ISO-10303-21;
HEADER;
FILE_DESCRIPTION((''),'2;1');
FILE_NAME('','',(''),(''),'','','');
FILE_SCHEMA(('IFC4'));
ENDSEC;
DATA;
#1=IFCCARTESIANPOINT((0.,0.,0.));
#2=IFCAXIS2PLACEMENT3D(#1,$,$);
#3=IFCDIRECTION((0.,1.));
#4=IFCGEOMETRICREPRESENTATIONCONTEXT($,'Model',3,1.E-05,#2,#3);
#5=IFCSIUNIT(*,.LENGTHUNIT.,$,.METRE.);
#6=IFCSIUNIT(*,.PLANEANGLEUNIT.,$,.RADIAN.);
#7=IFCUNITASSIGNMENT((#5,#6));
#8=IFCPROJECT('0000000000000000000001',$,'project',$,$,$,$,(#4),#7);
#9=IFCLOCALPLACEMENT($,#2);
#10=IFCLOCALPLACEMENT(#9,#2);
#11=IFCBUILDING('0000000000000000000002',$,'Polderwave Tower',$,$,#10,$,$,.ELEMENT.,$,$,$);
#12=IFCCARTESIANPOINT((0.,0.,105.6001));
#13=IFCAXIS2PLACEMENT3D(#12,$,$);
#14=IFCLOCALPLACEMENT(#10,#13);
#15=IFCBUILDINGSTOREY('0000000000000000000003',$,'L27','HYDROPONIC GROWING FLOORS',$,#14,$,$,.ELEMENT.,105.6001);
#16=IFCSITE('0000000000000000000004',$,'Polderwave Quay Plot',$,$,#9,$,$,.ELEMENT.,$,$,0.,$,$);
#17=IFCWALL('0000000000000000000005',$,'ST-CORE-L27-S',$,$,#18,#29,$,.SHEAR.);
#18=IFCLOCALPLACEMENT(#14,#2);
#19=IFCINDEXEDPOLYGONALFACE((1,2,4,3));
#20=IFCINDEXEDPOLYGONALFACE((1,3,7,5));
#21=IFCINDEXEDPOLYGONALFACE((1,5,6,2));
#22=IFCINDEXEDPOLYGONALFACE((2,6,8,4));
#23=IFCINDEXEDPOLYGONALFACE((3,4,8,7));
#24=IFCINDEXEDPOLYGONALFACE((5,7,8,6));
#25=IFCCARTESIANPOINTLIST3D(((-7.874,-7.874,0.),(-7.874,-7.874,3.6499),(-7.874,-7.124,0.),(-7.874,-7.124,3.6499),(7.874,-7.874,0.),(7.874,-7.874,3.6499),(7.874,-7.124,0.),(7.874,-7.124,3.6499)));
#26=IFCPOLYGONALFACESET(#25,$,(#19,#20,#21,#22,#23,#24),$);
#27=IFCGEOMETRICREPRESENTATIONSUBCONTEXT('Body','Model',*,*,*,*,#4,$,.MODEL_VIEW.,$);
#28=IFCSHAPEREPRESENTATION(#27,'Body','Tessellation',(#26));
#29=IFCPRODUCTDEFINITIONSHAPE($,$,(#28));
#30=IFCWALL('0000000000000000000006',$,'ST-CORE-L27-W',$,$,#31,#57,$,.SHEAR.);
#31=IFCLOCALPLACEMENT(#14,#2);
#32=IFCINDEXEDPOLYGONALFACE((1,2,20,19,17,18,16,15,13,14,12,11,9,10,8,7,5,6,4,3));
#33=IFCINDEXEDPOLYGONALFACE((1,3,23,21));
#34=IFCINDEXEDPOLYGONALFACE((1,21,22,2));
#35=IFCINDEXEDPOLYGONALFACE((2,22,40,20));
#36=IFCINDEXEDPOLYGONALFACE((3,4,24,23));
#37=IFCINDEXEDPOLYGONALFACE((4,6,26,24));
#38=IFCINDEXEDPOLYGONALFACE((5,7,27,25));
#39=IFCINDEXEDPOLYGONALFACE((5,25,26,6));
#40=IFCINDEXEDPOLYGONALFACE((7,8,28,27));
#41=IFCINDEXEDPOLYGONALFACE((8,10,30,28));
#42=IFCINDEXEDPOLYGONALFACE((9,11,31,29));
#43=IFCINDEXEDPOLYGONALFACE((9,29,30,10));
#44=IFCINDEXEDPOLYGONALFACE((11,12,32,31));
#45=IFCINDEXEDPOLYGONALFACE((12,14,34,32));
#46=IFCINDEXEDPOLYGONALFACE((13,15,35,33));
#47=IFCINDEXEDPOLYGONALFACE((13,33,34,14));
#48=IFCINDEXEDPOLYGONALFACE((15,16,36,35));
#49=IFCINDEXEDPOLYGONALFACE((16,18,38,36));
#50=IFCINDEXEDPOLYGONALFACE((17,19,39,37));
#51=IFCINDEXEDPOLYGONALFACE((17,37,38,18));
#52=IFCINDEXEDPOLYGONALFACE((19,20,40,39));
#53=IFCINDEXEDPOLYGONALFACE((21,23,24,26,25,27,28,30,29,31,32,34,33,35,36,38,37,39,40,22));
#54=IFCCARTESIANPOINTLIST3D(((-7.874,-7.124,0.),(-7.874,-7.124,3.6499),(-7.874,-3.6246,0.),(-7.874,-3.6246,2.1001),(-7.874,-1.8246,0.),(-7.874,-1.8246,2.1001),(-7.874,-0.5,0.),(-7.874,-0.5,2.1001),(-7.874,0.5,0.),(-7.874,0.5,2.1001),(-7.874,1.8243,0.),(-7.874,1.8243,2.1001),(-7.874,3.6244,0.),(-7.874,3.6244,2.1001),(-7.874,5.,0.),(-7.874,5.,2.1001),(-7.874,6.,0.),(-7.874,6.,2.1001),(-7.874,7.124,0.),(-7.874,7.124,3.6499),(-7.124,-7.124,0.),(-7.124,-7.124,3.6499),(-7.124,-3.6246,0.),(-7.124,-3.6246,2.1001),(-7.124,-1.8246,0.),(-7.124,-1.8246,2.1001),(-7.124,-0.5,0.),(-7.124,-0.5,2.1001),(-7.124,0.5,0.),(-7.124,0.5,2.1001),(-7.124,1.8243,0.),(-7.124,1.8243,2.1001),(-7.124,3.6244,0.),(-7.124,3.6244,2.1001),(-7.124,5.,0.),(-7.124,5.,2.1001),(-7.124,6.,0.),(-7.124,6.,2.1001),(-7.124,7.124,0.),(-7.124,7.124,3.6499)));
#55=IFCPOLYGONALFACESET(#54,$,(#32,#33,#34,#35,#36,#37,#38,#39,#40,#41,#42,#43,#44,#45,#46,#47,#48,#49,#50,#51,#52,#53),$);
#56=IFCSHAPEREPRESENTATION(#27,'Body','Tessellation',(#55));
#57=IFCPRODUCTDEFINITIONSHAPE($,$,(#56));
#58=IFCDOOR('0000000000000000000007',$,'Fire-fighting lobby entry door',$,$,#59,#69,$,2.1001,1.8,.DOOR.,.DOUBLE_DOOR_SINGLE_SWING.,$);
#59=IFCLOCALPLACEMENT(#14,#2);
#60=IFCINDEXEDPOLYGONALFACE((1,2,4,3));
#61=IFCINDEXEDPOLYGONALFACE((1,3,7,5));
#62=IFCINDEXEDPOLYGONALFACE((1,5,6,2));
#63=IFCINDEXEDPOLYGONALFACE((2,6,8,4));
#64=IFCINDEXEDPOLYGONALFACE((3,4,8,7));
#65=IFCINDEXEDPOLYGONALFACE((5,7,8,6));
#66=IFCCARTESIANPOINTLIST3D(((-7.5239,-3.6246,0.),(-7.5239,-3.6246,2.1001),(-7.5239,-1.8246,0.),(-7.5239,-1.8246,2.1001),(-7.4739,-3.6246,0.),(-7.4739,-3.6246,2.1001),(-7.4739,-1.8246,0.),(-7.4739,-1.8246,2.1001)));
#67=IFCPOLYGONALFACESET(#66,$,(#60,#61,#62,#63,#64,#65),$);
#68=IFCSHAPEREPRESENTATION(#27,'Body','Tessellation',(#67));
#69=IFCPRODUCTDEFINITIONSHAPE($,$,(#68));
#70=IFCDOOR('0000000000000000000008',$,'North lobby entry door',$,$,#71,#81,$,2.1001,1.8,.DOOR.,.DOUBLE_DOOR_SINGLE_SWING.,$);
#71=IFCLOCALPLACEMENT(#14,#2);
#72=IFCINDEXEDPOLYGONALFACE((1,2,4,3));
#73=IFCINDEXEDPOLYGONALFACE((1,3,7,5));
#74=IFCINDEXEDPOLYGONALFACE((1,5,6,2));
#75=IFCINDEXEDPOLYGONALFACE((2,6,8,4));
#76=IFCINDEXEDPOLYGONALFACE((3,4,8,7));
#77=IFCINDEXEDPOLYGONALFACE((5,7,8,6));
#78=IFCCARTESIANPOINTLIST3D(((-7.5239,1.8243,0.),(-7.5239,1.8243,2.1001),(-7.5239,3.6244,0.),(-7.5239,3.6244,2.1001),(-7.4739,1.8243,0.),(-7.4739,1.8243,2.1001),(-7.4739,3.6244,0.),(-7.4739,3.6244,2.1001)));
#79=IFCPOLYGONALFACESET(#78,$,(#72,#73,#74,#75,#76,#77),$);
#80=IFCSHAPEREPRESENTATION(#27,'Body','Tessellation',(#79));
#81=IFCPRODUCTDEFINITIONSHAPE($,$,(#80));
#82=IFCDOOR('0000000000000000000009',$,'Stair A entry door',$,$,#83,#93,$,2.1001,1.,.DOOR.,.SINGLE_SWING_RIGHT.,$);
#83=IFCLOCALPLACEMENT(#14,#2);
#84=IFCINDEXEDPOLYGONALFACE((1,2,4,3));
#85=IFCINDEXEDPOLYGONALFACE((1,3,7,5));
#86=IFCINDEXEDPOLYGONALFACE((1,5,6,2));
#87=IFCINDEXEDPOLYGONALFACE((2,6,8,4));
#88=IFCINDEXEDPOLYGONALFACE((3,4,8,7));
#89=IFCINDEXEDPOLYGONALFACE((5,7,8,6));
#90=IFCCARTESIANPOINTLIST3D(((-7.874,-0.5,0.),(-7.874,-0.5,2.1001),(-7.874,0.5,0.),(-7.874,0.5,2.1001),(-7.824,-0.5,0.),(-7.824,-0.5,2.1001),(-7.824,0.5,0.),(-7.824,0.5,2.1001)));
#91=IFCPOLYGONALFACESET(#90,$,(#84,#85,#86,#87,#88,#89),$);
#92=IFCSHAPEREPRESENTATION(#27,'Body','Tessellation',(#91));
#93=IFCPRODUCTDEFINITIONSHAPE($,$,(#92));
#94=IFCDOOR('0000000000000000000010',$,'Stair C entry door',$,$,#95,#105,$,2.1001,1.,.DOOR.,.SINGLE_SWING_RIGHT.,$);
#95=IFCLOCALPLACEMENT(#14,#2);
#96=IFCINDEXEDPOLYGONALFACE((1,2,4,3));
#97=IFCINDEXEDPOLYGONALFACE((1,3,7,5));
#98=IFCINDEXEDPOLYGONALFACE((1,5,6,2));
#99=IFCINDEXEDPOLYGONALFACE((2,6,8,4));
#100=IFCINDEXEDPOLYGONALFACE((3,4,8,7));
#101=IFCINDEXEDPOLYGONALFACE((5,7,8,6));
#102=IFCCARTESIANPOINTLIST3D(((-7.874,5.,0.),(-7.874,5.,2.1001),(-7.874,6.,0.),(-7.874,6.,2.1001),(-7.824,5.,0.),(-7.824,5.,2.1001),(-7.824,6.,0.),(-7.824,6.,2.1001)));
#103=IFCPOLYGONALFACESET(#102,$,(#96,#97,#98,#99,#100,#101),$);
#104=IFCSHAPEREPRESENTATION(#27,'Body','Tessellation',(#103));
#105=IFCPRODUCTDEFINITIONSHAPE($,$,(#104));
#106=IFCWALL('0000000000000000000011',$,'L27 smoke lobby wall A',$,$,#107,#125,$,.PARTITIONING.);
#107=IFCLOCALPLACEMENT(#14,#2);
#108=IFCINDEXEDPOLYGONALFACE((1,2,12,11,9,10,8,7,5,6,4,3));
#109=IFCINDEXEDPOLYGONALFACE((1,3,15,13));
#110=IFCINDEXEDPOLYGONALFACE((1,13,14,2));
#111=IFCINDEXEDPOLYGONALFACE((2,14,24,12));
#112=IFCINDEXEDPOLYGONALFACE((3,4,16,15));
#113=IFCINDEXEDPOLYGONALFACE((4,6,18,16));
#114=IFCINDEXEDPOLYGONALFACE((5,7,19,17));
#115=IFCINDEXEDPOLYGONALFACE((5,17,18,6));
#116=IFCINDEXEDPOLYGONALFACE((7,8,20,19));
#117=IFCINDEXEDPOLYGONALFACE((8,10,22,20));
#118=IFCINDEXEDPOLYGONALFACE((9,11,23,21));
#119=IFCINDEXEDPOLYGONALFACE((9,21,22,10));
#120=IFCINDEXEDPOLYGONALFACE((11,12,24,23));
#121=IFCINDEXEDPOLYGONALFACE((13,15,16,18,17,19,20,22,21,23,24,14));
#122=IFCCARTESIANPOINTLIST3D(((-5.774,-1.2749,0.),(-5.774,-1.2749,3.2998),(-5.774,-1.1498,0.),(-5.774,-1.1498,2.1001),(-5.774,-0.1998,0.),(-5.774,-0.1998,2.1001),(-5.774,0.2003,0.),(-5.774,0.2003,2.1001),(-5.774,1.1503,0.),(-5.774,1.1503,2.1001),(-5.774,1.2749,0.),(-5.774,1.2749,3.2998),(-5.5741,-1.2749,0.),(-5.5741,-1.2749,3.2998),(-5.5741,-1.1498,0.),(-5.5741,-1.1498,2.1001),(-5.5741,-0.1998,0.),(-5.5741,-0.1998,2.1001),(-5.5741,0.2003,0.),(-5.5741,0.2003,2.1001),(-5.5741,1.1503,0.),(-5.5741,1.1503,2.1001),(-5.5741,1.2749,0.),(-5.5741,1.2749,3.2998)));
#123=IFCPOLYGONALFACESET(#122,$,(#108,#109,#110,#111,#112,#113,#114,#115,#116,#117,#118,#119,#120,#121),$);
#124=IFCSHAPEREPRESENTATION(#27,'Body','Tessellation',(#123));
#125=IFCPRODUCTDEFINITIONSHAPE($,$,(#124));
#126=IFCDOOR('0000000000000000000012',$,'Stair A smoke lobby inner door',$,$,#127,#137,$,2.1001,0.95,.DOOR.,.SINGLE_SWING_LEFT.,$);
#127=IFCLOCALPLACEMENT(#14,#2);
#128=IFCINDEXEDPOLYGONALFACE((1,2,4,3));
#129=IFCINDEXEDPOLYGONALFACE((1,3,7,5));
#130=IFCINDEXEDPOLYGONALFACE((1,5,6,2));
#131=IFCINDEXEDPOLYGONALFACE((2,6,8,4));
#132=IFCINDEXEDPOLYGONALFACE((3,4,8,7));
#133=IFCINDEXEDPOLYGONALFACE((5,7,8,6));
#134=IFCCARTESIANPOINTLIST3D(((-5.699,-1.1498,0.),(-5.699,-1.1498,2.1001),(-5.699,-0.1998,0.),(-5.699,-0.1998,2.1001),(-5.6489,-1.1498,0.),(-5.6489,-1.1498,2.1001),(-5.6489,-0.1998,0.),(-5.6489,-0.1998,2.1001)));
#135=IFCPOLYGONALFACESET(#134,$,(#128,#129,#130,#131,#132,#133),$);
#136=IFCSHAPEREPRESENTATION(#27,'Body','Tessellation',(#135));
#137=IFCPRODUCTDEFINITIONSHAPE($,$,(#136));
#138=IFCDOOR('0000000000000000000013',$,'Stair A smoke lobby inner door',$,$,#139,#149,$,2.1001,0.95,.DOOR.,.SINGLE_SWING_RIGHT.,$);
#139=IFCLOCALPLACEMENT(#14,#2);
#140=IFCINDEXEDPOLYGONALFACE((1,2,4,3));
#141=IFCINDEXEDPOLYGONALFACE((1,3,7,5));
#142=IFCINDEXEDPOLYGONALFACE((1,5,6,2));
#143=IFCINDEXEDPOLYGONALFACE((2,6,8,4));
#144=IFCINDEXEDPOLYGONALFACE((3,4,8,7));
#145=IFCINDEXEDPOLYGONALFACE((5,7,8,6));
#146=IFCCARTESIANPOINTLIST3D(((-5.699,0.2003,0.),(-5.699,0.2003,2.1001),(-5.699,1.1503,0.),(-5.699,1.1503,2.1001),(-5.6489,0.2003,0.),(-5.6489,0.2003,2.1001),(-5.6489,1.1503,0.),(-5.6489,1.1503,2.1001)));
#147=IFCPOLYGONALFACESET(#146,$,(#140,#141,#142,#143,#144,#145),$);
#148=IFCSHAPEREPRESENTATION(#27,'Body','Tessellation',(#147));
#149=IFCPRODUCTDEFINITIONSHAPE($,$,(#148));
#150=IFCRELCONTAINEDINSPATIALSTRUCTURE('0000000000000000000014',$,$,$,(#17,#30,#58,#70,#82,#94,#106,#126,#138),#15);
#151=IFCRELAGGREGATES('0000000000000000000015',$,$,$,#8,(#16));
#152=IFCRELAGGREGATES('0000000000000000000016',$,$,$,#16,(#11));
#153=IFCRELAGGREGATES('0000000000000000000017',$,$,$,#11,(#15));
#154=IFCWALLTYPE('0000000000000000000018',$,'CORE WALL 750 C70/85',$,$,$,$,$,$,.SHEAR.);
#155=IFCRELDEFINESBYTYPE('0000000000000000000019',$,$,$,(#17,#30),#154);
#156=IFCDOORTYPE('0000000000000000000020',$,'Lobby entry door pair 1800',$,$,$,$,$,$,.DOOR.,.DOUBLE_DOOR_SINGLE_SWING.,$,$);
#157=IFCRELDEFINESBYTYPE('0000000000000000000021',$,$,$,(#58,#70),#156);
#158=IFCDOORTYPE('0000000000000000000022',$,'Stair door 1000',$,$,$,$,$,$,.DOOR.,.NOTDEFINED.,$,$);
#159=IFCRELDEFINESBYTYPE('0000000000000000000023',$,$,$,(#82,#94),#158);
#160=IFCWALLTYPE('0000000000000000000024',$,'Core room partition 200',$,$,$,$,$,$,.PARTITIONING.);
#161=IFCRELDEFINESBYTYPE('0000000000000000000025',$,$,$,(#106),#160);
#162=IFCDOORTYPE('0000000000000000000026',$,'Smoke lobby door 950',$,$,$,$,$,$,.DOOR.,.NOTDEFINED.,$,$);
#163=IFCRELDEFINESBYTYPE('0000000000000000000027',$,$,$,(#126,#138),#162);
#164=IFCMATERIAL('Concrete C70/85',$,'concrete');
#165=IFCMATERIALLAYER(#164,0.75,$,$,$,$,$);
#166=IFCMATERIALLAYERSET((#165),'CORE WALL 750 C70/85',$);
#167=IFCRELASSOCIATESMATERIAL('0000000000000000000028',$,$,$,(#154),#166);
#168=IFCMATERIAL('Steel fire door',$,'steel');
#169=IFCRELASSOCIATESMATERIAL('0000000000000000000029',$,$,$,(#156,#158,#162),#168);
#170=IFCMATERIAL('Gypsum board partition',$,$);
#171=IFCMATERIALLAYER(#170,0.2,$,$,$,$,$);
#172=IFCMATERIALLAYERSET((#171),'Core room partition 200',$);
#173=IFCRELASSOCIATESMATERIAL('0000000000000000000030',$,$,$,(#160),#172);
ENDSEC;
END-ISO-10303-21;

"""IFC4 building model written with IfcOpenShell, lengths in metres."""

from ifc_helpers import new_model, si_unit, direction, frame, frame_2d, origin, place, context, subcontext, project, spatial, rectangle, extrude, material, layer, layer_set, type_object, element, fill, save


model = new_model("IFC4")

# Units and contexts
model_context = context("Model", 3, precision=1e-05, world=origin(), true_north=direction((0.0, 1.0)))
body_context = subcontext(model_context, "Body", "Model", "MODEL_VIEW")
ifc_project = project(units=[si_unit("LENGTHUNIT", "METRE"), si_unit("PLANEANGLEUNIT", "RADIAN")], contexts=[model_context])

# Site, building, storey
site_placement = place(None, origin())
site = spatial("IfcSite", under=ifc_project, at=site_placement, Name="Polderwave Quay Plot", CompositionType="ELEMENT", RefElevation=0.0)
building_placement = place(site_placement, origin())
building = spatial("IfcBuilding", under=site, at=building_placement, Name="Polderwave Tower", CompositionType="ELEMENT")
storey_placement = place(building_placement, frame((0.0, 0.0, 105.6001)))
storey = spatial("IfcBuildingStorey", under=building, at=storey_placement, Name="L27", Description="HYDROPONIC GROWING FLOORS", CompositionType="ELEMENT", Elevation=105.6001)

# Wall
ifc_material_1 = material(Name="Concrete C70/85", Category="concrete")
ifc_layer_1 = layer(ifc_material_1, 0.75)
ifc_layer_set_1 = layer_set([ifc_layer_1], Name="CORE WALL 750 C70/85")
wall_type_1 = type_object("IfcWallType", Name="CORE WALL 750 C70/85", PredefinedType="SHEAR", material=ifc_layer_set_1)
wall_1_placement = place(storey_placement, frame((-7.874, -7.499, 0.0), z_axis=(0.0, 0.0, 1.0), x_axis=(1.0, 0.0, 0.0)))
element("IfcWall", 1, at=wall_1_placement, inside=storey, type_object=wall_type_1, Name="ST-CORE-L27-S", PredefinedType="SHEAR", context=body_context, shape_type="SweptSolid", body=[
    extrude(rectangle(XDim=15.748, YDim=0.75, at=frame_2d((7.874, 0.0))), origin(), (0.0, 0.0, 1.0), 3.6499),
])

# Walls, openings, doors
wall_2_placement = place(storey_placement, frame((-7.499, -7.124, 0.0), z_axis=(0.0, 0.0, 1.0), x_axis=(0.0, 1.0, 0.0)))
wall_2 = element("IfcWall", 2, at=wall_2_placement, inside=storey, type_object=wall_type_1, Name="ST-CORE-L27-W", PredefinedType="SHEAR", context=body_context, shape_type="SweptSolid", body=[
    extrude(rectangle(XDim=14.248, YDim=0.75, at=frame_2d((7.124, 0.0))), origin(), (0.0, 0.0, 1.0), 3.6499),
])
opening_1_placement = place(wall_2_placement, frame((6.624, 0.0, 0.0)))
opening_1 = element("IfcOpeningElement", 3, at=opening_1_placement, cuts=wall_2, PredefinedType="OPENING", context=body_context, shape_type="SweptSolid", body=[
    extrude(rectangle(XDim=1.0, YDim=2.1001, at=frame_2d((0.5, 1.05))), frame((0.0, 0.385, 0.0), z_axis=(0.0, -1.0, 0.0), x_axis=(1.0, 0.0, 0.0)), (0.0, 0.0, 1.0), 0.77),
])
opening_2_placement = place(wall_2_placement, frame((3.4995, 0.0, 0.0)))
opening_2 = element("IfcOpeningElement", 4, at=opening_2_placement, cuts=wall_2, PredefinedType="OPENING", context=body_context, shape_type="SweptSolid", body=[
    extrude(rectangle(XDim=1.8, YDim=2.1001, at=frame_2d((0.8999, 1.05))), frame((0.0, 0.385, 0.0), z_axis=(0.0, -1.0, 0.0), x_axis=(1.0, 0.0, 0.0)), (0.0, 0.0, 1.0), 0.77),
])
opening_3_placement = place(wall_2_placement, frame((8.9485, 0.0, 0.0)))
opening_3 = element("IfcOpeningElement", 5, at=opening_3_placement, cuts=wall_2, PredefinedType="OPENING", context=body_context, shape_type="SweptSolid", body=[
    extrude(rectangle(XDim=1.8, YDim=2.1001, at=frame_2d((0.8999, 1.05))), frame((0.0, 0.385, 0.0), z_axis=(0.0, -1.0, 0.0), x_axis=(1.0, 0.0, 0.0)), (0.0, 0.0, 1.0), 0.77),
])
opening_4_placement = place(wall_2_placement, frame((12.124, 0.0, 0.0)))
opening_4 = element("IfcOpeningElement", 6, at=opening_4_placement, cuts=wall_2, PredefinedType="OPENING", context=body_context, shape_type="SweptSolid", body=[
    extrude(rectangle(XDim=1.0, YDim=2.1001, at=frame_2d((0.5, 1.05))), frame((0.0, 0.385, 0.0), z_axis=(0.0, -1.0, 0.0), x_axis=(1.0, 0.0, 0.0)), (0.0, 0.0, 1.0), 0.77),
])
ifc_material_2 = material(Name="Steel fire door", Category="steel")
door_type_1 = type_object("IfcDoorType", Name="Lobby entry door pair 1800", OperationType="DOUBLE_DOOR_SINGLE_SWING", PredefinedType="DOOR", material=ifc_material_2)
door_1_placement = place(opening_2_placement, origin())
door_1 = element("IfcDoor", 7, at=door_1_placement, inside=storey, type_object=door_type_1, Name="Fire-fighting lobby entry door", OperationType="DOUBLE_DOOR_SINGLE_SWING", OverallHeight=2.1001, OverallWidth=1.8, PredefinedType="DOOR", context=body_context, shape_type="SweptSolid", body=[
    extrude(rectangle(XDim=1.8, YDim=2.1001, at=frame_2d((0.8999, 1.05))), frame((0.0, 0.0249, 0.0), z_axis=(0.0, -1.0, 0.0), x_axis=(1.0, 0.0, 0.0)), (0.0, 0.0, 1.0), 0.05),
])
fill(opening_2, door_1)
door_2_placement = place(opening_3_placement, origin())
door_2 = element("IfcDoor", 8, at=door_2_placement, inside=storey, type_object=door_type_1, Name="North lobby entry door", OperationType="DOUBLE_DOOR_SINGLE_SWING", OverallHeight=2.1001, OverallWidth=1.8, PredefinedType="DOOR", context=body_context, shape_type="SweptSolid", body=[
    extrude(rectangle(XDim=1.8, YDim=2.1001, at=frame_2d((0.8999, 1.05))), frame((0.0, 0.0249, 0.0), z_axis=(0.0, -1.0, 0.0), x_axis=(1.0, 0.0, 0.0)), (0.0, 0.0, 1.0), 0.05),
])
fill(opening_3, door_2)
door_type_2 = type_object("IfcDoorType", Name="Stair door 1000", OperationType="NOTDEFINED", PredefinedType="DOOR", material=ifc_material_2)
door_3_placement = place(opening_1_placement, origin())
door_3 = element("IfcDoor", 9, at=door_3_placement, inside=storey, type_object=door_type_2, Name="Stair A entry door", OperationType="SINGLE_SWING_RIGHT", OverallHeight=2.1001, OverallWidth=1.0, PredefinedType="DOOR", context=body_context, shape_type="SweptSolid", body=[
    extrude(rectangle(XDim=1.0, YDim=2.1001, at=frame_2d((0.5, 1.05))), frame((0.0, 0.375, 0.0), z_axis=(0.0, -1.0, 0.0), x_axis=(1.0, 0.0, 0.0)), (0.0, 0.0, 1.0), 0.05),
])
fill(opening_1, door_3)
door_4_placement = place(opening_4_placement, origin())
door_4 = element("IfcDoor", 10, at=door_4_placement, inside=storey, type_object=door_type_2, Name="Stair C entry door", OperationType="SINGLE_SWING_RIGHT", OverallHeight=2.1001, OverallWidth=1.0, PredefinedType="DOOR", context=body_context, shape_type="SweptSolid", body=[
    extrude(rectangle(XDim=1.0, YDim=2.1001, at=frame_2d((0.5, 1.05))), frame((0.0, 0.375, 0.0), z_axis=(0.0, -1.0, 0.0), x_axis=(1.0, 0.0, 0.0)), (0.0, 0.0, 1.0), 0.05),
])
fill(opening_4, door_4)
ifc_material_3 = material(Name="Gypsum board partition")
ifc_layer_2 = layer(ifc_material_3, 0.2)
ifc_layer_set_2 = layer_set([ifc_layer_2], Name="Core room partition 200")
wall_type_2 = type_object("IfcWallType", Name="Core room partition 200", PredefinedType="PARTITIONING", material=ifc_layer_set_2)
wall_3_placement = place(storey_placement, frame((-5.6741, -1.2749, 0.0), z_axis=(0.0, 0.0, 1.0), x_axis=(0.0, 1.0, 0.0)))
wall_3 = element("IfcWall", 11, at=wall_3_placement, inside=storey, type_object=wall_type_2, Name="L27 smoke lobby wall A", PredefinedType="PARTITIONING", context=body_context, shape_type="SweptSolid", body=[
    extrude(rectangle(XDim=2.5498, YDim=0.2, at=frame_2d((1.2749, 0.0))), origin(), (0.0, 0.0, 1.0), 3.2998),
])
opening_5_placement = place(wall_3_placement, frame((0.125, 0.0, 0.0)))
opening_5 = element("IfcOpeningElement", 12, at=opening_5_placement, cuts=wall_3, PredefinedType="OPENING", context=body_context, shape_type="SweptSolid", body=[
    extrude(rectangle(XDim=0.95, YDim=2.1001, at=frame_2d((0.4751, 1.05))), frame((0.0, 0.1099, 0.0), z_axis=(0.0, -1.0, 0.0), x_axis=(1.0, 0.0, 0.0)), (0.0, 0.0, 1.0), 0.22),
])
opening_6_placement = place(wall_3_placement, frame((1.4751, 0.0, 0.0)))
opening_6 = element("IfcOpeningElement", 13, at=opening_6_placement, cuts=wall_3, PredefinedType="OPENING", context=body_context, shape_type="SweptSolid", body=[
    extrude(rectangle(XDim=0.95, YDim=2.1001, at=frame_2d((0.4751, 1.05))), frame((0.0, 0.1099, 0.0), z_axis=(0.0, -1.0, 0.0), x_axis=(1.0, 0.0, 0.0)), (0.0, 0.0, 1.0), 0.22),
])
door_type_3 = type_object("IfcDoorType", Name="Smoke lobby door 950", OperationType="NOTDEFINED", PredefinedType="DOOR", material=ifc_material_2)
door_5_placement = place(opening_5_placement, origin())
door_5 = element("IfcDoor", 14, at=door_5_placement, inside=storey, type_object=door_type_3, Name="Stair A smoke lobby inner door", OperationType="SINGLE_SWING_LEFT", OverallHeight=2.1001, OverallWidth=0.95, PredefinedType="DOOR", context=body_context, shape_type="SweptSolid", body=[
    extrude(rectangle(XDim=0.95, YDim=2.1001, at=frame_2d((0.4751, 1.05))), frame((0.0, 0.0249, 0.0), z_axis=(0.0, -1.0, 0.0), x_axis=(1.0, 0.0, 0.0)), (0.0, 0.0, 1.0), 0.05),
])
fill(opening_5, door_5)
door_6_placement = place(opening_6_placement, origin())
door_6 = element("IfcDoor", 15, at=door_6_placement, inside=storey, type_object=door_type_3, Name="Stair A smoke lobby inner door", OperationType="SINGLE_SWING_RIGHT", OverallHeight=2.1001, OverallWidth=0.95, PredefinedType="DOOR", context=body_context, shape_type="SweptSolid", body=[
    extrude(rectangle(XDim=0.95, YDim=2.1001, at=frame_2d((0.4751, 1.05))), frame((0.0, 0.0249, 0.0), z_axis=(0.0, -1.0, 0.0), x_axis=(1.0, 0.0, 0.0)), (0.0, 0.0, 1.0), 0.05),
])
fill(opening_6, door_6)

save(model, "model.ifc")
